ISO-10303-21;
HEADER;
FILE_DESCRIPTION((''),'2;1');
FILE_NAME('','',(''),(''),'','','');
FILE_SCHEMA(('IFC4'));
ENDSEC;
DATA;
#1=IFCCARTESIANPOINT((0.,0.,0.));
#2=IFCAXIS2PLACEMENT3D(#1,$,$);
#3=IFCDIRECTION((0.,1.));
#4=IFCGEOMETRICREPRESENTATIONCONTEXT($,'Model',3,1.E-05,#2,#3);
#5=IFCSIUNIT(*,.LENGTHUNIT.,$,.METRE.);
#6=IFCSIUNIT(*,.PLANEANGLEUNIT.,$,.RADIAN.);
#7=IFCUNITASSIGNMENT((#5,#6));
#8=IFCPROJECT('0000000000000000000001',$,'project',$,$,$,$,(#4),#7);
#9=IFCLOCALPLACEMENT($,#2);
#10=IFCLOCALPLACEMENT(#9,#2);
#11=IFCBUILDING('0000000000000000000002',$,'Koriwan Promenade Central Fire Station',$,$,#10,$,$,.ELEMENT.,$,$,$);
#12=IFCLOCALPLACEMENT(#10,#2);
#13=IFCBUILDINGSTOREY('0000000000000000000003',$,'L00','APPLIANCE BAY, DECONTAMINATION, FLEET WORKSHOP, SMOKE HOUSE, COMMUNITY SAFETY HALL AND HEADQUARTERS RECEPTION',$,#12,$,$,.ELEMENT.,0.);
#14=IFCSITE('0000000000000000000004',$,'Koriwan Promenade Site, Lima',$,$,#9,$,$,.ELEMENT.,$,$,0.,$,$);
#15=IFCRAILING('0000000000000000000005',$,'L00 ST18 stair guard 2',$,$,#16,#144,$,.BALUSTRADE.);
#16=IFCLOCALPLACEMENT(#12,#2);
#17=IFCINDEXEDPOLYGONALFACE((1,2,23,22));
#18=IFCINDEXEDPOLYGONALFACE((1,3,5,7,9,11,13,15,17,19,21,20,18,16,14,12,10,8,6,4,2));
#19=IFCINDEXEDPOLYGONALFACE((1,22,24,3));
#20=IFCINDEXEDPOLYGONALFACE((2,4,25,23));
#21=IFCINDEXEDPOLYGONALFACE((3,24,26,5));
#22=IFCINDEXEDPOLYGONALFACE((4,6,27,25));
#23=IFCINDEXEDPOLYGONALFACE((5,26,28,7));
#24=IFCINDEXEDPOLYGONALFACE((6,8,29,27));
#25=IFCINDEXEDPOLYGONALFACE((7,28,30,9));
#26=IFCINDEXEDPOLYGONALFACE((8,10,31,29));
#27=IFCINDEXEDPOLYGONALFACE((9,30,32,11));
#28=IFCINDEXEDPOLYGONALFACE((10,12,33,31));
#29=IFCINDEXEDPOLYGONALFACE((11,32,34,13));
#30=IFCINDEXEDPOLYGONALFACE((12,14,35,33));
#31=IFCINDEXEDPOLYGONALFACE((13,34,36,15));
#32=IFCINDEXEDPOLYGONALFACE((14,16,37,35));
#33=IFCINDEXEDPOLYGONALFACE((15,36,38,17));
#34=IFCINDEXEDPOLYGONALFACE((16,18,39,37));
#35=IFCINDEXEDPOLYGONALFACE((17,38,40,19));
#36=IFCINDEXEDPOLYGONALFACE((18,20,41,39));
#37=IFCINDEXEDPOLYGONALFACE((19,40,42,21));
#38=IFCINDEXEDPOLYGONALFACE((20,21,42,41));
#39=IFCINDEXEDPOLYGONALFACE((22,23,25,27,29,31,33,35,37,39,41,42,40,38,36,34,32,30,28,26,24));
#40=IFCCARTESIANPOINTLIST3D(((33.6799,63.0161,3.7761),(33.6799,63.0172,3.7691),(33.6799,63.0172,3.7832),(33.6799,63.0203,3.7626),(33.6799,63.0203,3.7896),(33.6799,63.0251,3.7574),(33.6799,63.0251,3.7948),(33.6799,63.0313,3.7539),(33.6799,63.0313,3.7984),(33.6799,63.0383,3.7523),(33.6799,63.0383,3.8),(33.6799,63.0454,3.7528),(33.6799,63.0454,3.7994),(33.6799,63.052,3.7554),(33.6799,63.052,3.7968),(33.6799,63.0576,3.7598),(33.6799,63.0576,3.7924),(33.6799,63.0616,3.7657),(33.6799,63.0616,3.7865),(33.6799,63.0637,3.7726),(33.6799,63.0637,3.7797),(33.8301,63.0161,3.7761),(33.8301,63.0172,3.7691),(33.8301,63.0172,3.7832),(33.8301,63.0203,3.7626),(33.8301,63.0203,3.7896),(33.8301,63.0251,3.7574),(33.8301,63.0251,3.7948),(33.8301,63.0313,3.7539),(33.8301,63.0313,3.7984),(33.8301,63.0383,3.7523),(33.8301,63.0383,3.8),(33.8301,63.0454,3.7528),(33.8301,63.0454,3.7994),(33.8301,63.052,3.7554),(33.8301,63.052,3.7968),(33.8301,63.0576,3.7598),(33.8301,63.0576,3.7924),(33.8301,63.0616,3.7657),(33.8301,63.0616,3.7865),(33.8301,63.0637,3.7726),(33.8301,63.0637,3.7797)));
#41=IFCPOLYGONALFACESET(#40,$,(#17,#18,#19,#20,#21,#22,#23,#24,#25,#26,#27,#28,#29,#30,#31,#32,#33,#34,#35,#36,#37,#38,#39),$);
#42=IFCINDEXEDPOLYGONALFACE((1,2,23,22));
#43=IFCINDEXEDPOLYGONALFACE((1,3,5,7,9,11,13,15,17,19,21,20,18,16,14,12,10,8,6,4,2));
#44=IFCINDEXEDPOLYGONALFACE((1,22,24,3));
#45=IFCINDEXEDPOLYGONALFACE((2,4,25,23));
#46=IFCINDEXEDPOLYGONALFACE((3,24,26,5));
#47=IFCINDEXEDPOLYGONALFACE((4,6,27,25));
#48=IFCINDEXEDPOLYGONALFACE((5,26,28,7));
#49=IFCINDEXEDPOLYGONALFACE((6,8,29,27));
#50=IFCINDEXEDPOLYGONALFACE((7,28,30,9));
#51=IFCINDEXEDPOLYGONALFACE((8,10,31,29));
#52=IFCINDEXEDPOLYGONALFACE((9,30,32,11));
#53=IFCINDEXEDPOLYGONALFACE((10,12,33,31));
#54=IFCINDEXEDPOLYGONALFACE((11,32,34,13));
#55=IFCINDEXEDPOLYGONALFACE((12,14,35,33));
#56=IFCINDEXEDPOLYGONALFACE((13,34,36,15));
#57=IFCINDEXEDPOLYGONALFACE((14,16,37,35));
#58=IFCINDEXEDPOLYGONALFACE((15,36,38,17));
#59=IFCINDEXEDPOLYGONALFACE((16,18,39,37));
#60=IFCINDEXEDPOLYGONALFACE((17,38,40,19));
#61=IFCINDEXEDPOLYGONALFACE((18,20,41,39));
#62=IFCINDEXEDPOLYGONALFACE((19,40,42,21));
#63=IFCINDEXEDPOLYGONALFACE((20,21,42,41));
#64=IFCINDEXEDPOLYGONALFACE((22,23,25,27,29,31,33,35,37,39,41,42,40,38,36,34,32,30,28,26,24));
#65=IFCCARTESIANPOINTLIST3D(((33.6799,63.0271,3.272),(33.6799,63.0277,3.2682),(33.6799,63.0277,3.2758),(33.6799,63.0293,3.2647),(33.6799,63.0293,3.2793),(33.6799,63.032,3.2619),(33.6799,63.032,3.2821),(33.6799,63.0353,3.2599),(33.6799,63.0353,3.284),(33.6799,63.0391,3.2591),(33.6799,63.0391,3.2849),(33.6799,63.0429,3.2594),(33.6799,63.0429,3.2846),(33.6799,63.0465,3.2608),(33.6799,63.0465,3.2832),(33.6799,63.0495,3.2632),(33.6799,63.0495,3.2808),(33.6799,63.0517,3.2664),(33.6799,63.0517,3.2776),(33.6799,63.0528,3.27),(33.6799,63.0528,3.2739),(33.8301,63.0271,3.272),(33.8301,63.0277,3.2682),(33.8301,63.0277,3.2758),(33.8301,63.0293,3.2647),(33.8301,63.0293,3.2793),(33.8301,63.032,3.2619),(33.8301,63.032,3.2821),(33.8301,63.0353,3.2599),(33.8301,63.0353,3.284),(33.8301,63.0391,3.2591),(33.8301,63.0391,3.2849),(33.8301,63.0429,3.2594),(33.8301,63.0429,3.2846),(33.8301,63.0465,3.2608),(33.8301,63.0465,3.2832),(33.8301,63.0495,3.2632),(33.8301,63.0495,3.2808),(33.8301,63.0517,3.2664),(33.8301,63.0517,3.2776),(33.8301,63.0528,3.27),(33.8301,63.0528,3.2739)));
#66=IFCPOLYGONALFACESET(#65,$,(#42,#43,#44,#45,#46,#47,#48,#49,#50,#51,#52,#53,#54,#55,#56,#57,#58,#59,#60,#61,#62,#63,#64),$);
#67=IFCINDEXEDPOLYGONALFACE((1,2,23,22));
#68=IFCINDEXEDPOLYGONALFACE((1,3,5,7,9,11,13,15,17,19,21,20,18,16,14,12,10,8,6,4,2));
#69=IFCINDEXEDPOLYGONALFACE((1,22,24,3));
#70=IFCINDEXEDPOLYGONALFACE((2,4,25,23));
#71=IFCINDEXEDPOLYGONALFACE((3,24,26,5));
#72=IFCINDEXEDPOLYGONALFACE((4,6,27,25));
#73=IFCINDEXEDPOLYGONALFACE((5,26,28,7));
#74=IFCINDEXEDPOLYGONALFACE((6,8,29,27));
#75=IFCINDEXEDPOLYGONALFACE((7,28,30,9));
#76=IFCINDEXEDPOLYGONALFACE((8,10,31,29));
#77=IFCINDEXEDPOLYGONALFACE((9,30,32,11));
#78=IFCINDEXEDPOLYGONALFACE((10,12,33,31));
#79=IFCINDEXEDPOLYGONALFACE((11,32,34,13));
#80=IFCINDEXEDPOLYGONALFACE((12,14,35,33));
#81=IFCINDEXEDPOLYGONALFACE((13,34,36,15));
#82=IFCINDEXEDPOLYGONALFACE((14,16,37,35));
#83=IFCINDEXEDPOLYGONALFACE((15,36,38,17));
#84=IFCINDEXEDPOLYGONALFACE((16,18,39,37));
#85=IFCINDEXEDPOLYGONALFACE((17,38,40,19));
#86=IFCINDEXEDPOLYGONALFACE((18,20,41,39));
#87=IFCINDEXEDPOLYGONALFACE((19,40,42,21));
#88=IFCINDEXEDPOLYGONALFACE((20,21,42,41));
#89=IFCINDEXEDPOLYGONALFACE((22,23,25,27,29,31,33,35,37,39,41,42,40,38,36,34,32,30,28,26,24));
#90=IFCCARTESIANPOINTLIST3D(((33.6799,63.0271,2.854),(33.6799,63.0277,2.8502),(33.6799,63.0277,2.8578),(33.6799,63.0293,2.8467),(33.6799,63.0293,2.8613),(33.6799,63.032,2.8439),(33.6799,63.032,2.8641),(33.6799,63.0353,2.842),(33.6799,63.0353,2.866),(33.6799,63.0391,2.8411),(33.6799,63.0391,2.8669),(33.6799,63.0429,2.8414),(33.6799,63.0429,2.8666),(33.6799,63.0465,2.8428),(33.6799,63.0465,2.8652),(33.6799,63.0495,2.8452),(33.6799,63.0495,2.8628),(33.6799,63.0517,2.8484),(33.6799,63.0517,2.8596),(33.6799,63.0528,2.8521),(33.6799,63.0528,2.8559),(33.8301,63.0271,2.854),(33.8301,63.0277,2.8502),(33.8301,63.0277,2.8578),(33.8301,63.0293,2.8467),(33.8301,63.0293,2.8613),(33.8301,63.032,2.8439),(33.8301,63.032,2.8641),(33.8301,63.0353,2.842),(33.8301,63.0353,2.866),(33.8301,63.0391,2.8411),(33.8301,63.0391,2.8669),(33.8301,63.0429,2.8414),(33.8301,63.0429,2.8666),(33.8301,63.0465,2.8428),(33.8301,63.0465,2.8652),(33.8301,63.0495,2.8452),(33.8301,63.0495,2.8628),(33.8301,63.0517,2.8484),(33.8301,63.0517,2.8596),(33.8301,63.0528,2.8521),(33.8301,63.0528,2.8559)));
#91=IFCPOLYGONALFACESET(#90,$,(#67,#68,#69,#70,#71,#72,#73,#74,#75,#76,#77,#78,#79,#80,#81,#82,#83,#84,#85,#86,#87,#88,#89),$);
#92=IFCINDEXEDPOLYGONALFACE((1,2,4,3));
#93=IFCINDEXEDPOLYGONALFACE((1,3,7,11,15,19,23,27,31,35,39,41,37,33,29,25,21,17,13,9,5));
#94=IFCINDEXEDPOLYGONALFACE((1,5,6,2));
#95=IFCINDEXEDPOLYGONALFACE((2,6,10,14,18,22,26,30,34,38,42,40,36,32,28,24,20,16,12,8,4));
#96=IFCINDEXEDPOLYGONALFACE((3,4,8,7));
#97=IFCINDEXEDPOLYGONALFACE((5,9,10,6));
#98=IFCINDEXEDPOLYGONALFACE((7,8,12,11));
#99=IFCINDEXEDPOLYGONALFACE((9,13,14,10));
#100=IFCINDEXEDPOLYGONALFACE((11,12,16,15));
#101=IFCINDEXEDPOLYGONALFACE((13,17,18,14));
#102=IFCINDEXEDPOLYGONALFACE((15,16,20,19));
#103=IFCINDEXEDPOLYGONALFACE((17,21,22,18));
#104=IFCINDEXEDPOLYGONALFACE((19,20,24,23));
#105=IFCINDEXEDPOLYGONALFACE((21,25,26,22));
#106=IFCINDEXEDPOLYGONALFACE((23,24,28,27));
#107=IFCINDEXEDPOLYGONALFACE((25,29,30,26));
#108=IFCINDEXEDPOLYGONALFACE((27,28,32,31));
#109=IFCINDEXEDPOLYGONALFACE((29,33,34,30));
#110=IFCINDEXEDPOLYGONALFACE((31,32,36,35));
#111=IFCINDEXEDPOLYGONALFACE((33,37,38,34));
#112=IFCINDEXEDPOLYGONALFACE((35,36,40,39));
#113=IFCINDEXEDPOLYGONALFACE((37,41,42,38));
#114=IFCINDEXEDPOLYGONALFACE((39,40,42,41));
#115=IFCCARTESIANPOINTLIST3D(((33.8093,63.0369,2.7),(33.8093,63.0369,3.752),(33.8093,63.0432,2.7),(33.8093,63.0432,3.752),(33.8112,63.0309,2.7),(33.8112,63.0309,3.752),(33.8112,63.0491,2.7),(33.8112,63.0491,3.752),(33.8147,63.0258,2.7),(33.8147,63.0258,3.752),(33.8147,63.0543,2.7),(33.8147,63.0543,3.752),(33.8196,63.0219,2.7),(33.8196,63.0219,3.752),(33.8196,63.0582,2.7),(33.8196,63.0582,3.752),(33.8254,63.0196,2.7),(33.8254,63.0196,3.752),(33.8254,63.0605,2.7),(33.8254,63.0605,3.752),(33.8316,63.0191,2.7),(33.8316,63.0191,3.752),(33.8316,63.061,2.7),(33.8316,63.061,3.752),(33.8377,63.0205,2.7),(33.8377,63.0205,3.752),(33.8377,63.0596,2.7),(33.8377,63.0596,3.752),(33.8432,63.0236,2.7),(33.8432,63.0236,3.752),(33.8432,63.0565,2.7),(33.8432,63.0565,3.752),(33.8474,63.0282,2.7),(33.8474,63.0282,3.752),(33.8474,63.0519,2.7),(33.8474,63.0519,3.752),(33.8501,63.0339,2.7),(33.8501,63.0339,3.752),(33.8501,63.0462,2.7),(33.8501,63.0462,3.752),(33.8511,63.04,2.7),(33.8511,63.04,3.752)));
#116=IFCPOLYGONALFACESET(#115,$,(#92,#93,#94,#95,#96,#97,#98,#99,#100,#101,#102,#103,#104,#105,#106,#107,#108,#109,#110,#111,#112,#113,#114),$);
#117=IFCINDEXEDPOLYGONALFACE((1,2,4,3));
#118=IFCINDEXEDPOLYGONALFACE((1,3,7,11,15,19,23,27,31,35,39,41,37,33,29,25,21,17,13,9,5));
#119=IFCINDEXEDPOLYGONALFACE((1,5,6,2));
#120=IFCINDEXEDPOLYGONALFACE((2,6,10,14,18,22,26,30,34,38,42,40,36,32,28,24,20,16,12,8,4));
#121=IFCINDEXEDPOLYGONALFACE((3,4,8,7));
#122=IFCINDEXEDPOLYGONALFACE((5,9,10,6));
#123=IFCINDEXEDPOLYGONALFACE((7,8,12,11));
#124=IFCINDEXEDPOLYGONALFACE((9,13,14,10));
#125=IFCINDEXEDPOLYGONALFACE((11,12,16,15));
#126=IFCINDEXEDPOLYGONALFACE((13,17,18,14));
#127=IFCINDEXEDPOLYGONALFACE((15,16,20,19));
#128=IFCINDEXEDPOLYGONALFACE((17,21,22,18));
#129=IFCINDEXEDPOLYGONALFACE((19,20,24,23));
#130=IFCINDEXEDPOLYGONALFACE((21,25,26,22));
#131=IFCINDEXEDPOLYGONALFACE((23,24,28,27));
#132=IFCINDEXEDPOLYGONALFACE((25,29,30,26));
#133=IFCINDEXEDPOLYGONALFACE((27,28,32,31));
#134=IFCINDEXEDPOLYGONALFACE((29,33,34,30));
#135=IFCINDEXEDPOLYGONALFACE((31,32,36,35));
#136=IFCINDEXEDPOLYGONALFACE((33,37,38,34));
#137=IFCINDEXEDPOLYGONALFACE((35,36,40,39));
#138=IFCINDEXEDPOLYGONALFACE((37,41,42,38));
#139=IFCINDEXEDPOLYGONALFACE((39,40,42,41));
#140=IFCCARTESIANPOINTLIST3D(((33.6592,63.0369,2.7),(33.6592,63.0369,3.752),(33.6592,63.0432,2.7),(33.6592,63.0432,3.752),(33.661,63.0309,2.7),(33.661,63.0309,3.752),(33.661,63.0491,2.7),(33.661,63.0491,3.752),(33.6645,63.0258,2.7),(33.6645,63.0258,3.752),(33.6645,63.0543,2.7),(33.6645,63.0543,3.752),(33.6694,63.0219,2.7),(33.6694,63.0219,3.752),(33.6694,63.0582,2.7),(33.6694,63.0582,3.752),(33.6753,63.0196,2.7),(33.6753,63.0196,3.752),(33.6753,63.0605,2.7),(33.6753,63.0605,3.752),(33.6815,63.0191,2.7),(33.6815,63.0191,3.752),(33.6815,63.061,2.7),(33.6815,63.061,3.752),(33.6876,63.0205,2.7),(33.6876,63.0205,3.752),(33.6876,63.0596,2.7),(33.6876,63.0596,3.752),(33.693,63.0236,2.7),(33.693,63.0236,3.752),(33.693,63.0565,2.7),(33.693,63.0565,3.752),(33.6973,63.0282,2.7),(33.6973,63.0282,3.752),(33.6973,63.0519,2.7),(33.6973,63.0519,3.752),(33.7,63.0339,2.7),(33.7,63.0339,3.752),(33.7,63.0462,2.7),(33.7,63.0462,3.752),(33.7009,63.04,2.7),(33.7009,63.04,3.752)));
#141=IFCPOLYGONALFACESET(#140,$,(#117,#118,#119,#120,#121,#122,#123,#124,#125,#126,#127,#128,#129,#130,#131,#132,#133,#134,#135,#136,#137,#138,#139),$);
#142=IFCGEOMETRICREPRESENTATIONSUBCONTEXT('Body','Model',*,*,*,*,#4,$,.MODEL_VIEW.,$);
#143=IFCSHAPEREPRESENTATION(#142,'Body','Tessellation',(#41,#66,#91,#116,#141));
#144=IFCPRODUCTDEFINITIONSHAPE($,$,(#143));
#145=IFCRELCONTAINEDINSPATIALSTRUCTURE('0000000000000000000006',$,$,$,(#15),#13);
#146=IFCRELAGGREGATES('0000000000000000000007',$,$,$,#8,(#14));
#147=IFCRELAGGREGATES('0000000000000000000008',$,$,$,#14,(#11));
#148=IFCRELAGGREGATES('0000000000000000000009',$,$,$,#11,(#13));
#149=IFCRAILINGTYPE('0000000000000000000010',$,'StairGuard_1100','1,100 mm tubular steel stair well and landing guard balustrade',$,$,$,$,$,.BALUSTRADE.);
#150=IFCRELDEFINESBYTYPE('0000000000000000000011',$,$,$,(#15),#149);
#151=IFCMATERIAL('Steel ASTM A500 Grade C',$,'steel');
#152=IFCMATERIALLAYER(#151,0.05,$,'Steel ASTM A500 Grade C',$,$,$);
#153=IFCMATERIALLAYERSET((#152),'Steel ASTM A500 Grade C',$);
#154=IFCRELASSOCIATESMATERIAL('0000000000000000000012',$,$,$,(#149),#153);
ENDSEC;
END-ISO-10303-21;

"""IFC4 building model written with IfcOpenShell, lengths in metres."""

from ifc_helpers import new_model, si_unit, direction, frame, origin, origin_2d, place, context, subcontext, project, spatial, circle, extrude, material, layer, layer_set, type_object, element, save


model = new_model("IFC4")

# Units and contexts
model_context = context("Model", 3, precision=1e-05, world=origin(), true_north=direction((0.0, 1.0)))
body_context = subcontext(model_context, "Body", "Model", "MODEL_VIEW")
ifc_project = project(units=[si_unit("LENGTHUNIT", "METRE"), si_unit("PLANEANGLEUNIT", "RADIAN")], contexts=[model_context])

# Site, building, storey
site_placement = place(None, origin())
site = spatial("IfcSite", under=ifc_project, at=site_placement, Name="Koriwan Promenade Site, Lima", CompositionType="ELEMENT", RefElevation=0.0)
building_placement = place(site_placement, origin())
building = spatial("IfcBuilding", under=site, at=building_placement, Name="Koriwan Promenade Central Fire Station", CompositionType="ELEMENT")
storey_placement = place(building_placement, origin())
storey = spatial("IfcBuildingStorey", under=building, at=storey_placement, Name="L00", Description="APPLIANCE BAY, DECONTAMINATION, FLEET WORKSHOP, SMOKE HOUSE, COMMUNITY SAFETY HALL AND HEADQUARTERS RECEPTION", CompositionType="ELEMENT", Elevation=0.0)

# Railing
ifc_material_1 = material(Name="Steel ASTM A500 Grade C", Category="steel")
ifc_layer_1 = layer(ifc_material_1, 0.05, Name="Steel ASTM A500 Grade C")
ifc_layer_set_1 = layer_set([ifc_layer_1], Name="Steel ASTM A500 Grade C")
railing_type_1 = type_object("IfcRailingType", Name="StairGuard_1100", Description="1,100 mm tubular steel stair well and landing guard balustrade", PredefinedType="BALUSTRADE", material=ifc_layer_set_1)
railing_1_placement = place(storey_placement, frame((33.8301, 63.04, 2.7)))
element("IfcRailing", 1, at=railing_1_placement, inside=storey, type_object=railing_type_1, Name="L00 ST18 stair guard 2", PredefinedType="BALUSTRADE", context=body_context, shape_type="SweptSolid", body=[
    extrude(circle(Radius=0.0239, at=origin_2d()), frame((0.0, 0.0, 1.0762), z_axis=(-1.0, 0.0, 0.0), x_axis=(0.0, -1.0, 0.0)), (0.0, 0.0, 1.0), 0.1501),
    extrude(circle(Radius=0.0129, at=origin_2d()), frame((0.0, 0.0, 0.572), z_axis=(-1.0, 0.0, 0.0), x_axis=(0.0, -1.0, 0.0)), (0.0, 0.0, 1.0), 0.1501),
    extrude(circle(Radius=0.0129, at=origin_2d()), frame((0.0, 0.0, 0.1541), z_axis=(-1.0, 0.0, 0.0), x_axis=(0.0, -1.0, 0.0)), (0.0, 0.0, 1.0), 0.1501),
    extrude(circle(Radius=0.021, at=origin_2d()), origin(), (0.0, 0.0, 1.0), 1.052),
    extrude(circle(Radius=0.021, at=origin_2d()), frame((-0.1501, 0.0, 0.0)), (0.0, 0.0, 1.0), 1.052),
])

save(model, "model.ifc")
